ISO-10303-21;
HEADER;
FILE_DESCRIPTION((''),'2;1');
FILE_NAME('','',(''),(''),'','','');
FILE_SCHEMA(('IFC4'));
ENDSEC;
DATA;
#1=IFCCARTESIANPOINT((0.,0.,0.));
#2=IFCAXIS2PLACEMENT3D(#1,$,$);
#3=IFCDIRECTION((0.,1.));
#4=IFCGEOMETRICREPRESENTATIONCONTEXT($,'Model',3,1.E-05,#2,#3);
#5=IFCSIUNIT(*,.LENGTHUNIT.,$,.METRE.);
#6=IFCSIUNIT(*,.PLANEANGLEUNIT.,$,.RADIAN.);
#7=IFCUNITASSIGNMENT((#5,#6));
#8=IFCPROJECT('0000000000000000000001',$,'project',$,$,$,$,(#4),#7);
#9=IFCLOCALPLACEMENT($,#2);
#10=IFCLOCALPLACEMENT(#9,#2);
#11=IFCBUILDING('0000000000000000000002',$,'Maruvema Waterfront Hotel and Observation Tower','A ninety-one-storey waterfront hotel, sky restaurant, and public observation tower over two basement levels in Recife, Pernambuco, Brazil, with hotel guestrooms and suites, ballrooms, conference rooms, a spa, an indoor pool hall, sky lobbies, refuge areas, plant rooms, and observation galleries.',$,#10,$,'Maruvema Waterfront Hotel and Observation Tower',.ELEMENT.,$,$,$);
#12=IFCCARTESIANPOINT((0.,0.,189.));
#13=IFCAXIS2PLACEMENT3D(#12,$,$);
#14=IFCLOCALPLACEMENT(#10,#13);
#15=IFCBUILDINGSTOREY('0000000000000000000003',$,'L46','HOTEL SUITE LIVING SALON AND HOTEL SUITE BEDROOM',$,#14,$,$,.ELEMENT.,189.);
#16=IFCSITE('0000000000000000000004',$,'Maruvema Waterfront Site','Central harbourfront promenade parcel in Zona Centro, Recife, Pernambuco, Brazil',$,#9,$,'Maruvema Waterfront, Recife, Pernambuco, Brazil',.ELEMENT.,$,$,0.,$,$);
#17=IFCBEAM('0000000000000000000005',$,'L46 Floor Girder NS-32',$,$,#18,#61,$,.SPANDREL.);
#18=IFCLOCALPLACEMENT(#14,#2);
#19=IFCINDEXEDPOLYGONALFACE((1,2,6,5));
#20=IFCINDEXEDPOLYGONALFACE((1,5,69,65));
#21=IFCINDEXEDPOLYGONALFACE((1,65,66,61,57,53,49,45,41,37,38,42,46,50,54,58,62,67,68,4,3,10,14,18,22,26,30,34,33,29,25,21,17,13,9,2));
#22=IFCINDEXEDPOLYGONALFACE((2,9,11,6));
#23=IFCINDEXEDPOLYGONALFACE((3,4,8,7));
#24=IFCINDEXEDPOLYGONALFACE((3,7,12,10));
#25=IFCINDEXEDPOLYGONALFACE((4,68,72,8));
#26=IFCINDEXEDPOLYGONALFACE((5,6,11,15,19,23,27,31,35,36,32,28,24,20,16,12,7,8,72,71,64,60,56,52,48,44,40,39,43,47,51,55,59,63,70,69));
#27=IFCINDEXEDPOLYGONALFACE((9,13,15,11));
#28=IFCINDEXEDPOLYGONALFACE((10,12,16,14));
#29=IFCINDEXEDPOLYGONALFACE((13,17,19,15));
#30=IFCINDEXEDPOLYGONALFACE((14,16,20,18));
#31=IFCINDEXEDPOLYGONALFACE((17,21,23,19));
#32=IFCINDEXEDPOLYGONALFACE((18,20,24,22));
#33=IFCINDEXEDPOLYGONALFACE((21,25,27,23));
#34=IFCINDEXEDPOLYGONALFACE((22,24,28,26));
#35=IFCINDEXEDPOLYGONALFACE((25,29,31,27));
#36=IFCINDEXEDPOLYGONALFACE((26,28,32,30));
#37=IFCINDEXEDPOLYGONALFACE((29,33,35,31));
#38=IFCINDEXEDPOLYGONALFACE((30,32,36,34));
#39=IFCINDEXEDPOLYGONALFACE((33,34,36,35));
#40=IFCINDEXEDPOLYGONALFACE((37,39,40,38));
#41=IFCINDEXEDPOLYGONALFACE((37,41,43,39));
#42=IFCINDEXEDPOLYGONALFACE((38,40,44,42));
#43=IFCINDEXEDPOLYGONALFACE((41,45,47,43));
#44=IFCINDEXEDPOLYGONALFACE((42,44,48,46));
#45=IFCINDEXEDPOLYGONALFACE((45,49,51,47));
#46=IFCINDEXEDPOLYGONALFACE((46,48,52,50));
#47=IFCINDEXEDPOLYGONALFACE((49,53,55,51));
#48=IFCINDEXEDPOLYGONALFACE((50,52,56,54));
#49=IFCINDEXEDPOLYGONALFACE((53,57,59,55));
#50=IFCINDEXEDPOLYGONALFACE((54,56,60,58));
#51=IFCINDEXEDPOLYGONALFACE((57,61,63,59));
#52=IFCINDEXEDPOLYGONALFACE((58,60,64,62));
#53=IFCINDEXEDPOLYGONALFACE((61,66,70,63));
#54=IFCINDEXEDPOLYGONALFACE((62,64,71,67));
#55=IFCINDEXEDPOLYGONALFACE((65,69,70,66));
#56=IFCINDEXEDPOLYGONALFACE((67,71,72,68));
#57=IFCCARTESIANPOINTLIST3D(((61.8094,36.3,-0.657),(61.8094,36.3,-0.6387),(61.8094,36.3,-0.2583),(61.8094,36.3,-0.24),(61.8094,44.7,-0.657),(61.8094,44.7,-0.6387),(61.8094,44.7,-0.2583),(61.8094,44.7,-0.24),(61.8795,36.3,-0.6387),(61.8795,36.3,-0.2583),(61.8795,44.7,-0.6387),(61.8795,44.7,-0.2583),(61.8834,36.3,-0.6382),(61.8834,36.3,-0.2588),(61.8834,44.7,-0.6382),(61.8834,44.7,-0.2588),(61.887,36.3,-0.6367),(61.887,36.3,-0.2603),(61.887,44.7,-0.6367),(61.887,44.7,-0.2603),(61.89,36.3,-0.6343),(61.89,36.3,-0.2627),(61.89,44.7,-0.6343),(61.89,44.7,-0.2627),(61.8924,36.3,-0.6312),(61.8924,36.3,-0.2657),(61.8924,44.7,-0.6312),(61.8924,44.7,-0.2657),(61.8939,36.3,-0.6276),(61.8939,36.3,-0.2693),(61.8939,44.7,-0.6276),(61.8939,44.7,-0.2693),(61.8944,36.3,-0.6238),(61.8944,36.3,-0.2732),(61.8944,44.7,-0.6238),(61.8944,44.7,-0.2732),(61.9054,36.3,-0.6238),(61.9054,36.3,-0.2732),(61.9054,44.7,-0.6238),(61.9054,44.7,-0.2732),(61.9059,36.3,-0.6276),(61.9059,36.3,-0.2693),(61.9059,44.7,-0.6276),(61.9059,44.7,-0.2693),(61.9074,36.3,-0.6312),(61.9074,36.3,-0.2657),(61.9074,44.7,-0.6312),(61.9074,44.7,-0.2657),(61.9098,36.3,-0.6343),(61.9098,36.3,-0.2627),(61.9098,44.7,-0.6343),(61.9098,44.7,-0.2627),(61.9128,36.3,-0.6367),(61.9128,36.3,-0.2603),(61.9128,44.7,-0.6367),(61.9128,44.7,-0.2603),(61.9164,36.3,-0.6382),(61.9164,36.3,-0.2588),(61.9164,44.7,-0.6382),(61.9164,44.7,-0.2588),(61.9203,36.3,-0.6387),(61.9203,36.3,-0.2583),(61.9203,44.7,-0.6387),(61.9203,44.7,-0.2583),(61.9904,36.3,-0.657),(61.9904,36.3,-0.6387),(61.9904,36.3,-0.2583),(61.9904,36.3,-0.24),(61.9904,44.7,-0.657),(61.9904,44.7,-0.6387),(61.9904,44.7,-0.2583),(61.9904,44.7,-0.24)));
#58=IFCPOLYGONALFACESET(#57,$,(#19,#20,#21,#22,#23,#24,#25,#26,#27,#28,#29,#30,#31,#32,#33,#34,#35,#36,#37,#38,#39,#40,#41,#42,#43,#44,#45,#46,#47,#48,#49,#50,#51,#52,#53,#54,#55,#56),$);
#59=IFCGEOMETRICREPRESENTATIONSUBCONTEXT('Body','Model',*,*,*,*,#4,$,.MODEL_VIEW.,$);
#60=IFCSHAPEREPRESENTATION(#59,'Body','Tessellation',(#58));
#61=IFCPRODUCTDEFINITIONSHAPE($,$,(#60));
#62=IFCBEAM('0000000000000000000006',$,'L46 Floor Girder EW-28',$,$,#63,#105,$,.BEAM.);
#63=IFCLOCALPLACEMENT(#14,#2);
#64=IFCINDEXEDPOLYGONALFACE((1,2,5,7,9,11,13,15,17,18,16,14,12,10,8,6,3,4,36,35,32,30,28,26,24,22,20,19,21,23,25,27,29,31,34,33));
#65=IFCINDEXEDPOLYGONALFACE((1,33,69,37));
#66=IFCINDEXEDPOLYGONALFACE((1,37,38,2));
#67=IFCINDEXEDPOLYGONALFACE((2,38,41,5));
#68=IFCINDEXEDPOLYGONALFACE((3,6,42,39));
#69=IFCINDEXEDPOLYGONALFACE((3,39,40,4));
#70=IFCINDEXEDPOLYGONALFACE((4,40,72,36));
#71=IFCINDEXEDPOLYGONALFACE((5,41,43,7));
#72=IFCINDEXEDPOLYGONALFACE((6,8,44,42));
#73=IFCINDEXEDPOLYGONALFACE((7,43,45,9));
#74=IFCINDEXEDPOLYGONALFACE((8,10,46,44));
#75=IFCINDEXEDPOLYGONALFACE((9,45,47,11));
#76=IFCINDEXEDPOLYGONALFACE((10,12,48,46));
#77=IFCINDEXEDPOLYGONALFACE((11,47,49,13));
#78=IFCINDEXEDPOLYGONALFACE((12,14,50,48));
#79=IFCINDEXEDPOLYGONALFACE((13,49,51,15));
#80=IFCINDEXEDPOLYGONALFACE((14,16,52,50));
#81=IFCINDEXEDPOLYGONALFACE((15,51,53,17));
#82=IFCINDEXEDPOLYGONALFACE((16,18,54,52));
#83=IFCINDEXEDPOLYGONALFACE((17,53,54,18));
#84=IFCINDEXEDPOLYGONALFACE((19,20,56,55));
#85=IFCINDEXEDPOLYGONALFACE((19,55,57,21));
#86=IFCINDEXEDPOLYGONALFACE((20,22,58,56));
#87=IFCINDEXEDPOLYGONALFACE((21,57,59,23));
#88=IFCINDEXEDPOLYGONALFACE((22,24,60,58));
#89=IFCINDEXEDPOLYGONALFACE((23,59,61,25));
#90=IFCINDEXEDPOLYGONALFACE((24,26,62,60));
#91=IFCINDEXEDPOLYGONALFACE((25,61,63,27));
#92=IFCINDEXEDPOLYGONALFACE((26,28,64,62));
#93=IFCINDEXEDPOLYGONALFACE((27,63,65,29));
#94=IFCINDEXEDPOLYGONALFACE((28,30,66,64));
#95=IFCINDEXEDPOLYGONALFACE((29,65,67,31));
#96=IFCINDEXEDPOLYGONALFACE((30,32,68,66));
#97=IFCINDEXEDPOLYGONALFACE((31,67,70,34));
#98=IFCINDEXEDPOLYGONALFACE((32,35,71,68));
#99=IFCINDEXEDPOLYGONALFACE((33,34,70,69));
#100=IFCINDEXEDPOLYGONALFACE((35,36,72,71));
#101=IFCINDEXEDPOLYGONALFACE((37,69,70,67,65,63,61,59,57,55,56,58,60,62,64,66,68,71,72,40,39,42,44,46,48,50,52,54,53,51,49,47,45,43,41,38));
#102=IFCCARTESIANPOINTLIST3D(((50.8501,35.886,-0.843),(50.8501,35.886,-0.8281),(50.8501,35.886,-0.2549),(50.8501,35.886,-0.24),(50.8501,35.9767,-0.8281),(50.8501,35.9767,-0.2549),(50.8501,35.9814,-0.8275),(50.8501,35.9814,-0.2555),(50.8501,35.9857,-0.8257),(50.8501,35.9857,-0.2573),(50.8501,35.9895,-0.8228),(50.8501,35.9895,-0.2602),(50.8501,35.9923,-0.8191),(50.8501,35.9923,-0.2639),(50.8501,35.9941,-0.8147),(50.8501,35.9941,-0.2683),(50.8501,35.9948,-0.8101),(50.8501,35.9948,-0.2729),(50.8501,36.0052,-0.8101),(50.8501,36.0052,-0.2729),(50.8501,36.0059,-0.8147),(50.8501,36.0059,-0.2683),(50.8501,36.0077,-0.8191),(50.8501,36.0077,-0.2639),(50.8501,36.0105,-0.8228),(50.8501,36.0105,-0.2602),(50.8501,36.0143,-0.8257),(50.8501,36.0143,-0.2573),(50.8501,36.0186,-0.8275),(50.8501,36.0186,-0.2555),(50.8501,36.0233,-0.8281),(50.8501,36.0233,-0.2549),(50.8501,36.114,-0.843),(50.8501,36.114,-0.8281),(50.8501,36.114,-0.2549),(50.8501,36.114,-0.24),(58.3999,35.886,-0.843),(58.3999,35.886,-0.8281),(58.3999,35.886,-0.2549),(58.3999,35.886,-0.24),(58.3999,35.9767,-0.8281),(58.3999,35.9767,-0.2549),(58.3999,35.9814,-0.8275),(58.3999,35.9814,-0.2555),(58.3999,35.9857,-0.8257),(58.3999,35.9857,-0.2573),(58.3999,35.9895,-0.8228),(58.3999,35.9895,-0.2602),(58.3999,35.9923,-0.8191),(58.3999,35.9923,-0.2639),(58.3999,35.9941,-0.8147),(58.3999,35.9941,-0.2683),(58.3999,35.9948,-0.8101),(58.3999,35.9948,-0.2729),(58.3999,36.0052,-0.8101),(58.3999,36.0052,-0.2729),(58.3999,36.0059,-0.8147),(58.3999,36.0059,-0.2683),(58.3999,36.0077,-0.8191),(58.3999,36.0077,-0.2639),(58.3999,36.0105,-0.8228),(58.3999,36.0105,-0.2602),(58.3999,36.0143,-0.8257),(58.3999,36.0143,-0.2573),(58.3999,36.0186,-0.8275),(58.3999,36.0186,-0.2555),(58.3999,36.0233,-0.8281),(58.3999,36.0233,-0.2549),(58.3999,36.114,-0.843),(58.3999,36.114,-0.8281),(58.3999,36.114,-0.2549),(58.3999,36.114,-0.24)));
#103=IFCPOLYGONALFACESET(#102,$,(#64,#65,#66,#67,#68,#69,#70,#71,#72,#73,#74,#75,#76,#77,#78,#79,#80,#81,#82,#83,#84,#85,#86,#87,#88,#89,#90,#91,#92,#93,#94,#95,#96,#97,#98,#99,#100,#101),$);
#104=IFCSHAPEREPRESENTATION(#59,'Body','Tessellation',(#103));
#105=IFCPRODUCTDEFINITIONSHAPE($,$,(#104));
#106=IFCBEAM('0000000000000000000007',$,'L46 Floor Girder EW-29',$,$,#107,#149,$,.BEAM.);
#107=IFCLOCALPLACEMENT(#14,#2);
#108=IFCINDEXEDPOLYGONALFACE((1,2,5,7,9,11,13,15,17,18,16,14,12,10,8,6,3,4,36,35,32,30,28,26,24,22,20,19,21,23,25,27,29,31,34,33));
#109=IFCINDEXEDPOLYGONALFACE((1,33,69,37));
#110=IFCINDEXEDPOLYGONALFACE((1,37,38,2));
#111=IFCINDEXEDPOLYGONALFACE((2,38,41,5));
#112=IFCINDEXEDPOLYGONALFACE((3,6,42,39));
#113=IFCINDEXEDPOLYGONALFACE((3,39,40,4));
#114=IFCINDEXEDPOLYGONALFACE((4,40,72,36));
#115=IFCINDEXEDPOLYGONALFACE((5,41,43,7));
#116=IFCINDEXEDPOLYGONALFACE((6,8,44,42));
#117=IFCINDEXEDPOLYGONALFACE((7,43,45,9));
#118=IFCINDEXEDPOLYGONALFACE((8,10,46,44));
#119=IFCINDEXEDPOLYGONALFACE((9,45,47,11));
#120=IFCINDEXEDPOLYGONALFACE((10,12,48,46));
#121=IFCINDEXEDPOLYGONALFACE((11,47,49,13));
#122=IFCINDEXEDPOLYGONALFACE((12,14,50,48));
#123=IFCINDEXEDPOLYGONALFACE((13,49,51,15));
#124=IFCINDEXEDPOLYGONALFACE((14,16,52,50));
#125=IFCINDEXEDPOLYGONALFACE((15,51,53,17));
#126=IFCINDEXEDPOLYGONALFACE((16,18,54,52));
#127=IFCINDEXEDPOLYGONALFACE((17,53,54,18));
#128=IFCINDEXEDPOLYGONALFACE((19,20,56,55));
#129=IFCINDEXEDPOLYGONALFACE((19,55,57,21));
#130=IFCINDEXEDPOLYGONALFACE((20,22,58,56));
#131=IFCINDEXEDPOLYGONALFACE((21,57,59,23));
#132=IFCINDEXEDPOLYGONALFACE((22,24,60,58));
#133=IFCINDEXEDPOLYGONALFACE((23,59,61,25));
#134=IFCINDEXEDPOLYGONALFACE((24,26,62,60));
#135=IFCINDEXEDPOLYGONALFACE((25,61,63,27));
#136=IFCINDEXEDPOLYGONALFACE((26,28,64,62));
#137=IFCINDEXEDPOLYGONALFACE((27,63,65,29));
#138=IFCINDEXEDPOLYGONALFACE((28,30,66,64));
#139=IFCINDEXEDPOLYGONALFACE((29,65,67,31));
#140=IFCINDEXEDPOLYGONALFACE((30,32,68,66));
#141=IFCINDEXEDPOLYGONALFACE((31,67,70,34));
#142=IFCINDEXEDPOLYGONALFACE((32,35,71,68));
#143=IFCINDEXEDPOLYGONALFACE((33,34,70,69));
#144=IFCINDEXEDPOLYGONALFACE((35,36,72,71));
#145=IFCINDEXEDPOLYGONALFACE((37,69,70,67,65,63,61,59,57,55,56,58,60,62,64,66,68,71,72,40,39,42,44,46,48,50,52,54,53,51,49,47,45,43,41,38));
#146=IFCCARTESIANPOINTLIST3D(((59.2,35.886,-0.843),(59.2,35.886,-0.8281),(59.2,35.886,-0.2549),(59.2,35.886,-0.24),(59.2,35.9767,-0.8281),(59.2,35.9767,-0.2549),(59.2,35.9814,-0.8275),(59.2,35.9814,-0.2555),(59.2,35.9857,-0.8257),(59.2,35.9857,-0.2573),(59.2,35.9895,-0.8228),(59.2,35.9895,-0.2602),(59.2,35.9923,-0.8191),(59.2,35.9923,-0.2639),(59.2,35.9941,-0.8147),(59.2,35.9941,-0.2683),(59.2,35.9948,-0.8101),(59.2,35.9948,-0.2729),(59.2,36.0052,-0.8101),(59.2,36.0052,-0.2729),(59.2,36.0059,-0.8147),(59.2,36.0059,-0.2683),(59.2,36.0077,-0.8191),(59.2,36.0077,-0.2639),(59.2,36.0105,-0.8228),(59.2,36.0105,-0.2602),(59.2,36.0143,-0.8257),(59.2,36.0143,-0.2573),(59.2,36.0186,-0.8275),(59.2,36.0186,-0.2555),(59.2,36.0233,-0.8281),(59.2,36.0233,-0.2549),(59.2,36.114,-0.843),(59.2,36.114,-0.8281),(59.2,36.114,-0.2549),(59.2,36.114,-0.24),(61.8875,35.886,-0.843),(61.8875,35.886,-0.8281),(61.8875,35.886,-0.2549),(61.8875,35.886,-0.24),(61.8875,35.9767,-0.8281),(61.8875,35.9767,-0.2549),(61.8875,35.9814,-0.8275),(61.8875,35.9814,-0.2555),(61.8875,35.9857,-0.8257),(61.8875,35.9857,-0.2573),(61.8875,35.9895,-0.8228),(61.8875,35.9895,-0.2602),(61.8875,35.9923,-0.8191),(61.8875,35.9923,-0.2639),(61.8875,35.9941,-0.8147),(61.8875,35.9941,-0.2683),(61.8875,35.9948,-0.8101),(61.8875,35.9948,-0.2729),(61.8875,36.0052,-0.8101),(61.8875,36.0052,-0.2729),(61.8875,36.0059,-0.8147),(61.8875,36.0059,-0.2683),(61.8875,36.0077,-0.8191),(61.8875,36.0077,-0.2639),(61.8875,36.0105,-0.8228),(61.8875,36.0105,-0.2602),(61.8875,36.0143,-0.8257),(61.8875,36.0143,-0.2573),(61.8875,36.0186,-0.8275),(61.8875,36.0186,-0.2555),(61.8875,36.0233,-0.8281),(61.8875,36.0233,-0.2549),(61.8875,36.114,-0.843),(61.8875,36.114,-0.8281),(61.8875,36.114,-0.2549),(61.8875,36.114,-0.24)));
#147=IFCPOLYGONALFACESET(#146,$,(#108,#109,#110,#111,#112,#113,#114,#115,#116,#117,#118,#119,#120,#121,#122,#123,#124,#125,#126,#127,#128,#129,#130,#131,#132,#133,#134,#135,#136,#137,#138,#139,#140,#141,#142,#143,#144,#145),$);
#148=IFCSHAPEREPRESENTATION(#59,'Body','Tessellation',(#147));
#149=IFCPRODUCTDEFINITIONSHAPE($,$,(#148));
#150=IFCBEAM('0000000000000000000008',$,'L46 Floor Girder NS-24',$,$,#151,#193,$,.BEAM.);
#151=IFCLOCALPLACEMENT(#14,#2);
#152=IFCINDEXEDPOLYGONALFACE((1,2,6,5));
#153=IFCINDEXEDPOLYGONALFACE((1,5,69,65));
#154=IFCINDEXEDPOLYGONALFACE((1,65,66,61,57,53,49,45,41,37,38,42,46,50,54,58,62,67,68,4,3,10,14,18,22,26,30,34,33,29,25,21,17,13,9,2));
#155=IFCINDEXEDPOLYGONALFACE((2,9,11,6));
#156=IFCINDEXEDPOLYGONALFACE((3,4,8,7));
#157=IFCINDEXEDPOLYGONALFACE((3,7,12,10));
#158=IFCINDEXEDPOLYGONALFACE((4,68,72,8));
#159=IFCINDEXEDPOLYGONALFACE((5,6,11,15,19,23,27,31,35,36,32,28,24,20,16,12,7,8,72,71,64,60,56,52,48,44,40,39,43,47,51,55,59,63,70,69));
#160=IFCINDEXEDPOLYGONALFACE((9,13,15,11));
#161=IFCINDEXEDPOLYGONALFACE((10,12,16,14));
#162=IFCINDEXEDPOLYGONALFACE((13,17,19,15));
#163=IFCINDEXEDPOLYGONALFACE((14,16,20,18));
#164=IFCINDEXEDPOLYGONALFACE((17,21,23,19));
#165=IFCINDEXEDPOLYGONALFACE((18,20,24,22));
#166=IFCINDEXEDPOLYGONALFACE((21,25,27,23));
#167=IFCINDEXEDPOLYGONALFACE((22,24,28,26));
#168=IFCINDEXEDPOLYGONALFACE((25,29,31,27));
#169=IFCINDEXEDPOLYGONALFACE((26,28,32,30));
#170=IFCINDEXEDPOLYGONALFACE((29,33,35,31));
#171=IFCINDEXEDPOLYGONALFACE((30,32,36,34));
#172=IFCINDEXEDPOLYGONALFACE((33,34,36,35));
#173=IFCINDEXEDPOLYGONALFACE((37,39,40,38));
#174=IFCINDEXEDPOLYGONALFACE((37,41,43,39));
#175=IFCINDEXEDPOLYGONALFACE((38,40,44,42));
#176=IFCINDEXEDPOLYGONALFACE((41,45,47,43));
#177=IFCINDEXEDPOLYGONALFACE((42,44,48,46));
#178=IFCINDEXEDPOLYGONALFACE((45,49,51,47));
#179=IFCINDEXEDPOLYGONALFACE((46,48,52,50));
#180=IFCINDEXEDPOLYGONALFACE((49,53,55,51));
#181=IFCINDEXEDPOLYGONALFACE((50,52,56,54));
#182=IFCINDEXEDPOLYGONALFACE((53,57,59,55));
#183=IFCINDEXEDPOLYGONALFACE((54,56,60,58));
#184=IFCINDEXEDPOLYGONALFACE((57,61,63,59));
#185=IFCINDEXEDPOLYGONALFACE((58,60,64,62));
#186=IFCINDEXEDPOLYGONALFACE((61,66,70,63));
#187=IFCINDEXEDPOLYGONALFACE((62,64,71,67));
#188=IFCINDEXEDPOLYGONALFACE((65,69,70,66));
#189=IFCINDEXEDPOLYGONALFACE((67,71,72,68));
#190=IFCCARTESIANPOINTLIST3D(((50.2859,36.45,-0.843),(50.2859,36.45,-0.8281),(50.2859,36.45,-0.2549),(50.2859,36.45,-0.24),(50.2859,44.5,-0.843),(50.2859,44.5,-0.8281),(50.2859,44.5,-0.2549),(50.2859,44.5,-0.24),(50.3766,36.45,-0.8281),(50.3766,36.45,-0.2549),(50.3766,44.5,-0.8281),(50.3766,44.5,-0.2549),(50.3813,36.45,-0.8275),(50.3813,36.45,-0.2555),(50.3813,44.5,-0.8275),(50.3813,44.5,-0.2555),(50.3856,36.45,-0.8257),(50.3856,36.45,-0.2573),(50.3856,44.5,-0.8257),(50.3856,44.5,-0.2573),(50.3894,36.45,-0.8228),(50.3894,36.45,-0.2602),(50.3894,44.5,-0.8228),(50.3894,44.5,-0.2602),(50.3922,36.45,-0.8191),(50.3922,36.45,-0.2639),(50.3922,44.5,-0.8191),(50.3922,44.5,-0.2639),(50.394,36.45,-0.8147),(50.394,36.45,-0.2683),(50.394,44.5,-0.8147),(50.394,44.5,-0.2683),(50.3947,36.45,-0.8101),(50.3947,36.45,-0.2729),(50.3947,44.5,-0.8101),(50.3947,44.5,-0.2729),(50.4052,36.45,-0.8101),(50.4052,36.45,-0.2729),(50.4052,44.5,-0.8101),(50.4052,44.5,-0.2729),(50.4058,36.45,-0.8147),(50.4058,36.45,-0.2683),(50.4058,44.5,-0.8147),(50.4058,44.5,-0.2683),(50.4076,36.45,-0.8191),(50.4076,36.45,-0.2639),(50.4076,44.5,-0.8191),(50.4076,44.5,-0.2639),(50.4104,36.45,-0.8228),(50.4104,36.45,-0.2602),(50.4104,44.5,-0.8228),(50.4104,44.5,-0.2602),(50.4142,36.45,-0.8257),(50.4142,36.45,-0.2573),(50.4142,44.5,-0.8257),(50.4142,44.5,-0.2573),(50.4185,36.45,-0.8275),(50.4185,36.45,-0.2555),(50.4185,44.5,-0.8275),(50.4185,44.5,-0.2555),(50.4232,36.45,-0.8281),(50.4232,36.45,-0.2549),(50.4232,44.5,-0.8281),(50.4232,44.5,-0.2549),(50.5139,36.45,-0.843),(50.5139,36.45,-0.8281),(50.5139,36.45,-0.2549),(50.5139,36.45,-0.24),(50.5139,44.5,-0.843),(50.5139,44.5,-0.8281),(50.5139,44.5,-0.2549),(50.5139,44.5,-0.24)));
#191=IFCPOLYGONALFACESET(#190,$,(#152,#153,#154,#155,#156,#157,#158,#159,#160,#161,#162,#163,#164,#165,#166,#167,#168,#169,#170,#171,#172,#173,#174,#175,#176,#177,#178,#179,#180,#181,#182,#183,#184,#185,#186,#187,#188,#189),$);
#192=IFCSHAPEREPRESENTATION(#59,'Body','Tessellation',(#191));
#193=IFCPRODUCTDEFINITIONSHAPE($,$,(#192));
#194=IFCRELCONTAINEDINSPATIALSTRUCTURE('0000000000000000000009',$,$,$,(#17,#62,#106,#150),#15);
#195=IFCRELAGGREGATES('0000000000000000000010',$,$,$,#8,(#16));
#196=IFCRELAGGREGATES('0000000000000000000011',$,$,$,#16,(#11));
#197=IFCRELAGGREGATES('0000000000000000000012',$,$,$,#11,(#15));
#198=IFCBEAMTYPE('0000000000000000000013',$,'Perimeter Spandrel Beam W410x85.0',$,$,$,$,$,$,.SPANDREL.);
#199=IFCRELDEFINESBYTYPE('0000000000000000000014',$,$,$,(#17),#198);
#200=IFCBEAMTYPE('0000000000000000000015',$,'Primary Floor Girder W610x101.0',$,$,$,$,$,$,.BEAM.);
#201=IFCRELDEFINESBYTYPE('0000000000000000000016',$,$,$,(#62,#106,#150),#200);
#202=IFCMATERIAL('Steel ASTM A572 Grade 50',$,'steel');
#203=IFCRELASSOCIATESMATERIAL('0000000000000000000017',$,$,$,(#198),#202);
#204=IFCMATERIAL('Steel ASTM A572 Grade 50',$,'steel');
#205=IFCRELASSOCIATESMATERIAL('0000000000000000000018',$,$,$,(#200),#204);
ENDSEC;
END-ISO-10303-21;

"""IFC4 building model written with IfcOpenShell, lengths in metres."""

from ifc_helpers import new_model, si_unit, direction, frame, origin, origin_2d, place, context, subcontext, project, spatial, i_section, extrude, material, material_profile, profile_set, type_object, element, save


model = new_model("IFC4")

# Units and contexts
model_context = context("Model", 3, precision=1e-05, world=origin(), true_north=direction((0.0, 1.0)))
body_context = subcontext(model_context, "Body", "Model", "MODEL_VIEW")
ifc_project = project(units=[si_unit("LENGTHUNIT", "METRE"), si_unit("PLANEANGLEUNIT", "RADIAN")], contexts=[model_context])

# Site, building, storey
site_placement = place(None, origin())
site = spatial("IfcSite", under=ifc_project, at=site_placement, Name="Maruvema Waterfront Site", Description="Central harbourfront promenade parcel in Zona Centro, Recife, Pernambuco, Brazil", LongName="Maruvema Waterfront, Recife, Pernambuco, Brazil", CompositionType="ELEMENT", RefElevation=0.0)
building_placement = place(site_placement, origin())
building = spatial("IfcBuilding", under=site, at=building_placement, Name="Maruvema Waterfront Hotel and Observation Tower", Description="A ninety-one-storey waterfront hotel, sky restaurant, and public observation tower over two basement levels in Recife, Pernambuco, Brazil, with hotel guestrooms and suites, ballrooms, conference rooms, a spa, an indoor pool hall, sky lobbies, refuge areas, plant rooms, and observation galleries.", LongName="Maruvema Waterfront Hotel and Observation Tower", CompositionType="ELEMENT")
storey_placement = place(building_placement, frame((0.0, 0.0, 189.0)))
storey = spatial("IfcBuildingStorey", under=building, at=storey_placement, Name="L46", Description="HOTEL SUITE LIVING SALON AND HOTEL SUITE BEDROOM", CompositionType="ELEMENT", Elevation=189.0)

# Beams
ifc_material_1 = material(Name="Steel ASTM A572 Grade 50", Category="steel")
ifc_material_profile_1 = material_profile(ifc_material_1, i_section(OverallWidth=0.1809, OverallDepth=0.417, WebThickness=0.011, FlangeThickness=0.0183, FilletRadius=0.0149, at=origin_2d()), Name="W410x85.0")
ifc_profile_set_1 = profile_set([ifc_material_profile_1], Name="Steel ASTM A572 Grade 50")
beam_type_1 = type_object("IfcBeamType", Name="Perimeter Spandrel Beam W410x85.0", PredefinedType="SPANDREL", material=ifc_profile_set_1)
beam_1_placement = place(storey_placement, frame((61.8999, 36.3, -0.4485), z_axis=(0.0, 1.0, 0.0), x_axis=(-1.0, 0.0, 0.0)))
element("IfcBeam", 1, at=beam_1_placement, inside=storey, type_object=beam_type_1, Name="L46 Floor Girder NS-32", PredefinedType="SPANDREL", context=body_context, shape_type="SweptSolid", body=[
    extrude(i_section(OverallWidth=0.1809, OverallDepth=0.417, WebThickness=0.011, FlangeThickness=0.0183, FilletRadius=0.0149, at=origin_2d()), origin(), (0.0, 0.0, 1.0), 8.3999),
])
ifc_material_2 = material(Name="Steel ASTM A572 Grade 50", Category="steel")
ifc_material_profile_2 = material_profile(ifc_material_2, i_section(OverallWidth=0.228, OverallDepth=0.603, WebThickness=0.0105, FlangeThickness=0.0149, FilletRadius=0.0181, at=origin_2d()), Name="W610x101.0")
ifc_profile_set_2 = profile_set([ifc_material_profile_2], Name="Steel ASTM A572 Grade 50")
beam_type_2 = type_object("IfcBeamType", Name="Primary Floor Girder W610x101.0", PredefinedType="BEAM", material=ifc_profile_set_2)
beam_2_placement = place(storey_placement, frame((50.8501, 36.0, -0.5415), z_axis=(1.0, 0.0, 0.0), x_axis=(0.0, 1.0, 0.0)))
element("IfcBeam", 2, at=beam_2_placement, inside=storey, type_object=beam_type_2, Name="L46 Floor Girder EW-28", PredefinedType="BEAM", context=body_context, shape_type="SweptSolid", body=[
    extrude(i_section(OverallWidth=0.228, OverallDepth=0.603, WebThickness=0.0105, FlangeThickness=0.0149, FilletRadius=0.0181, at=origin_2d()), origin(), (0.0, 0.0, 1.0), 7.5498),
])
beam_3_placement = place(storey_placement, frame((59.2, 36.0, -0.5415), z_axis=(1.0, 0.0, 0.0), x_axis=(0.0, 1.0, 0.0)))
element("IfcBeam", 3, at=beam_3_placement, inside=storey, type_object=beam_type_2, Name="L46 Floor Girder EW-29", PredefinedType="BEAM", context=body_context, shape_type="SweptSolid", body=[
    extrude(i_section(OverallWidth=0.228, OverallDepth=0.603, WebThickness=0.0105, FlangeThickness=0.0149, FilletRadius=0.0181, at=origin_2d()), origin(), (0.0, 0.0, 1.0), 2.6875),
])
beam_4_placement = place(storey_placement, frame((50.3999, 36.45, -0.5415), z_axis=(0.0, 1.0, 0.0), x_axis=(-1.0, 0.0, 0.0)))
element("IfcBeam", 4, at=beam_4_placement, inside=storey, type_object=beam_type_2, Name="L46 Floor Girder NS-24", PredefinedType="BEAM", context=body_context, shape_type="SweptSolid", body=[
    extrude(i_section(OverallWidth=0.228, OverallDepth=0.603, WebThickness=0.0105, FlangeThickness=0.0149, FilletRadius=0.0181, at=origin_2d()), origin(), (0.0, 0.0, 1.0), 8.05),
])

save(model, "model.ifc")
